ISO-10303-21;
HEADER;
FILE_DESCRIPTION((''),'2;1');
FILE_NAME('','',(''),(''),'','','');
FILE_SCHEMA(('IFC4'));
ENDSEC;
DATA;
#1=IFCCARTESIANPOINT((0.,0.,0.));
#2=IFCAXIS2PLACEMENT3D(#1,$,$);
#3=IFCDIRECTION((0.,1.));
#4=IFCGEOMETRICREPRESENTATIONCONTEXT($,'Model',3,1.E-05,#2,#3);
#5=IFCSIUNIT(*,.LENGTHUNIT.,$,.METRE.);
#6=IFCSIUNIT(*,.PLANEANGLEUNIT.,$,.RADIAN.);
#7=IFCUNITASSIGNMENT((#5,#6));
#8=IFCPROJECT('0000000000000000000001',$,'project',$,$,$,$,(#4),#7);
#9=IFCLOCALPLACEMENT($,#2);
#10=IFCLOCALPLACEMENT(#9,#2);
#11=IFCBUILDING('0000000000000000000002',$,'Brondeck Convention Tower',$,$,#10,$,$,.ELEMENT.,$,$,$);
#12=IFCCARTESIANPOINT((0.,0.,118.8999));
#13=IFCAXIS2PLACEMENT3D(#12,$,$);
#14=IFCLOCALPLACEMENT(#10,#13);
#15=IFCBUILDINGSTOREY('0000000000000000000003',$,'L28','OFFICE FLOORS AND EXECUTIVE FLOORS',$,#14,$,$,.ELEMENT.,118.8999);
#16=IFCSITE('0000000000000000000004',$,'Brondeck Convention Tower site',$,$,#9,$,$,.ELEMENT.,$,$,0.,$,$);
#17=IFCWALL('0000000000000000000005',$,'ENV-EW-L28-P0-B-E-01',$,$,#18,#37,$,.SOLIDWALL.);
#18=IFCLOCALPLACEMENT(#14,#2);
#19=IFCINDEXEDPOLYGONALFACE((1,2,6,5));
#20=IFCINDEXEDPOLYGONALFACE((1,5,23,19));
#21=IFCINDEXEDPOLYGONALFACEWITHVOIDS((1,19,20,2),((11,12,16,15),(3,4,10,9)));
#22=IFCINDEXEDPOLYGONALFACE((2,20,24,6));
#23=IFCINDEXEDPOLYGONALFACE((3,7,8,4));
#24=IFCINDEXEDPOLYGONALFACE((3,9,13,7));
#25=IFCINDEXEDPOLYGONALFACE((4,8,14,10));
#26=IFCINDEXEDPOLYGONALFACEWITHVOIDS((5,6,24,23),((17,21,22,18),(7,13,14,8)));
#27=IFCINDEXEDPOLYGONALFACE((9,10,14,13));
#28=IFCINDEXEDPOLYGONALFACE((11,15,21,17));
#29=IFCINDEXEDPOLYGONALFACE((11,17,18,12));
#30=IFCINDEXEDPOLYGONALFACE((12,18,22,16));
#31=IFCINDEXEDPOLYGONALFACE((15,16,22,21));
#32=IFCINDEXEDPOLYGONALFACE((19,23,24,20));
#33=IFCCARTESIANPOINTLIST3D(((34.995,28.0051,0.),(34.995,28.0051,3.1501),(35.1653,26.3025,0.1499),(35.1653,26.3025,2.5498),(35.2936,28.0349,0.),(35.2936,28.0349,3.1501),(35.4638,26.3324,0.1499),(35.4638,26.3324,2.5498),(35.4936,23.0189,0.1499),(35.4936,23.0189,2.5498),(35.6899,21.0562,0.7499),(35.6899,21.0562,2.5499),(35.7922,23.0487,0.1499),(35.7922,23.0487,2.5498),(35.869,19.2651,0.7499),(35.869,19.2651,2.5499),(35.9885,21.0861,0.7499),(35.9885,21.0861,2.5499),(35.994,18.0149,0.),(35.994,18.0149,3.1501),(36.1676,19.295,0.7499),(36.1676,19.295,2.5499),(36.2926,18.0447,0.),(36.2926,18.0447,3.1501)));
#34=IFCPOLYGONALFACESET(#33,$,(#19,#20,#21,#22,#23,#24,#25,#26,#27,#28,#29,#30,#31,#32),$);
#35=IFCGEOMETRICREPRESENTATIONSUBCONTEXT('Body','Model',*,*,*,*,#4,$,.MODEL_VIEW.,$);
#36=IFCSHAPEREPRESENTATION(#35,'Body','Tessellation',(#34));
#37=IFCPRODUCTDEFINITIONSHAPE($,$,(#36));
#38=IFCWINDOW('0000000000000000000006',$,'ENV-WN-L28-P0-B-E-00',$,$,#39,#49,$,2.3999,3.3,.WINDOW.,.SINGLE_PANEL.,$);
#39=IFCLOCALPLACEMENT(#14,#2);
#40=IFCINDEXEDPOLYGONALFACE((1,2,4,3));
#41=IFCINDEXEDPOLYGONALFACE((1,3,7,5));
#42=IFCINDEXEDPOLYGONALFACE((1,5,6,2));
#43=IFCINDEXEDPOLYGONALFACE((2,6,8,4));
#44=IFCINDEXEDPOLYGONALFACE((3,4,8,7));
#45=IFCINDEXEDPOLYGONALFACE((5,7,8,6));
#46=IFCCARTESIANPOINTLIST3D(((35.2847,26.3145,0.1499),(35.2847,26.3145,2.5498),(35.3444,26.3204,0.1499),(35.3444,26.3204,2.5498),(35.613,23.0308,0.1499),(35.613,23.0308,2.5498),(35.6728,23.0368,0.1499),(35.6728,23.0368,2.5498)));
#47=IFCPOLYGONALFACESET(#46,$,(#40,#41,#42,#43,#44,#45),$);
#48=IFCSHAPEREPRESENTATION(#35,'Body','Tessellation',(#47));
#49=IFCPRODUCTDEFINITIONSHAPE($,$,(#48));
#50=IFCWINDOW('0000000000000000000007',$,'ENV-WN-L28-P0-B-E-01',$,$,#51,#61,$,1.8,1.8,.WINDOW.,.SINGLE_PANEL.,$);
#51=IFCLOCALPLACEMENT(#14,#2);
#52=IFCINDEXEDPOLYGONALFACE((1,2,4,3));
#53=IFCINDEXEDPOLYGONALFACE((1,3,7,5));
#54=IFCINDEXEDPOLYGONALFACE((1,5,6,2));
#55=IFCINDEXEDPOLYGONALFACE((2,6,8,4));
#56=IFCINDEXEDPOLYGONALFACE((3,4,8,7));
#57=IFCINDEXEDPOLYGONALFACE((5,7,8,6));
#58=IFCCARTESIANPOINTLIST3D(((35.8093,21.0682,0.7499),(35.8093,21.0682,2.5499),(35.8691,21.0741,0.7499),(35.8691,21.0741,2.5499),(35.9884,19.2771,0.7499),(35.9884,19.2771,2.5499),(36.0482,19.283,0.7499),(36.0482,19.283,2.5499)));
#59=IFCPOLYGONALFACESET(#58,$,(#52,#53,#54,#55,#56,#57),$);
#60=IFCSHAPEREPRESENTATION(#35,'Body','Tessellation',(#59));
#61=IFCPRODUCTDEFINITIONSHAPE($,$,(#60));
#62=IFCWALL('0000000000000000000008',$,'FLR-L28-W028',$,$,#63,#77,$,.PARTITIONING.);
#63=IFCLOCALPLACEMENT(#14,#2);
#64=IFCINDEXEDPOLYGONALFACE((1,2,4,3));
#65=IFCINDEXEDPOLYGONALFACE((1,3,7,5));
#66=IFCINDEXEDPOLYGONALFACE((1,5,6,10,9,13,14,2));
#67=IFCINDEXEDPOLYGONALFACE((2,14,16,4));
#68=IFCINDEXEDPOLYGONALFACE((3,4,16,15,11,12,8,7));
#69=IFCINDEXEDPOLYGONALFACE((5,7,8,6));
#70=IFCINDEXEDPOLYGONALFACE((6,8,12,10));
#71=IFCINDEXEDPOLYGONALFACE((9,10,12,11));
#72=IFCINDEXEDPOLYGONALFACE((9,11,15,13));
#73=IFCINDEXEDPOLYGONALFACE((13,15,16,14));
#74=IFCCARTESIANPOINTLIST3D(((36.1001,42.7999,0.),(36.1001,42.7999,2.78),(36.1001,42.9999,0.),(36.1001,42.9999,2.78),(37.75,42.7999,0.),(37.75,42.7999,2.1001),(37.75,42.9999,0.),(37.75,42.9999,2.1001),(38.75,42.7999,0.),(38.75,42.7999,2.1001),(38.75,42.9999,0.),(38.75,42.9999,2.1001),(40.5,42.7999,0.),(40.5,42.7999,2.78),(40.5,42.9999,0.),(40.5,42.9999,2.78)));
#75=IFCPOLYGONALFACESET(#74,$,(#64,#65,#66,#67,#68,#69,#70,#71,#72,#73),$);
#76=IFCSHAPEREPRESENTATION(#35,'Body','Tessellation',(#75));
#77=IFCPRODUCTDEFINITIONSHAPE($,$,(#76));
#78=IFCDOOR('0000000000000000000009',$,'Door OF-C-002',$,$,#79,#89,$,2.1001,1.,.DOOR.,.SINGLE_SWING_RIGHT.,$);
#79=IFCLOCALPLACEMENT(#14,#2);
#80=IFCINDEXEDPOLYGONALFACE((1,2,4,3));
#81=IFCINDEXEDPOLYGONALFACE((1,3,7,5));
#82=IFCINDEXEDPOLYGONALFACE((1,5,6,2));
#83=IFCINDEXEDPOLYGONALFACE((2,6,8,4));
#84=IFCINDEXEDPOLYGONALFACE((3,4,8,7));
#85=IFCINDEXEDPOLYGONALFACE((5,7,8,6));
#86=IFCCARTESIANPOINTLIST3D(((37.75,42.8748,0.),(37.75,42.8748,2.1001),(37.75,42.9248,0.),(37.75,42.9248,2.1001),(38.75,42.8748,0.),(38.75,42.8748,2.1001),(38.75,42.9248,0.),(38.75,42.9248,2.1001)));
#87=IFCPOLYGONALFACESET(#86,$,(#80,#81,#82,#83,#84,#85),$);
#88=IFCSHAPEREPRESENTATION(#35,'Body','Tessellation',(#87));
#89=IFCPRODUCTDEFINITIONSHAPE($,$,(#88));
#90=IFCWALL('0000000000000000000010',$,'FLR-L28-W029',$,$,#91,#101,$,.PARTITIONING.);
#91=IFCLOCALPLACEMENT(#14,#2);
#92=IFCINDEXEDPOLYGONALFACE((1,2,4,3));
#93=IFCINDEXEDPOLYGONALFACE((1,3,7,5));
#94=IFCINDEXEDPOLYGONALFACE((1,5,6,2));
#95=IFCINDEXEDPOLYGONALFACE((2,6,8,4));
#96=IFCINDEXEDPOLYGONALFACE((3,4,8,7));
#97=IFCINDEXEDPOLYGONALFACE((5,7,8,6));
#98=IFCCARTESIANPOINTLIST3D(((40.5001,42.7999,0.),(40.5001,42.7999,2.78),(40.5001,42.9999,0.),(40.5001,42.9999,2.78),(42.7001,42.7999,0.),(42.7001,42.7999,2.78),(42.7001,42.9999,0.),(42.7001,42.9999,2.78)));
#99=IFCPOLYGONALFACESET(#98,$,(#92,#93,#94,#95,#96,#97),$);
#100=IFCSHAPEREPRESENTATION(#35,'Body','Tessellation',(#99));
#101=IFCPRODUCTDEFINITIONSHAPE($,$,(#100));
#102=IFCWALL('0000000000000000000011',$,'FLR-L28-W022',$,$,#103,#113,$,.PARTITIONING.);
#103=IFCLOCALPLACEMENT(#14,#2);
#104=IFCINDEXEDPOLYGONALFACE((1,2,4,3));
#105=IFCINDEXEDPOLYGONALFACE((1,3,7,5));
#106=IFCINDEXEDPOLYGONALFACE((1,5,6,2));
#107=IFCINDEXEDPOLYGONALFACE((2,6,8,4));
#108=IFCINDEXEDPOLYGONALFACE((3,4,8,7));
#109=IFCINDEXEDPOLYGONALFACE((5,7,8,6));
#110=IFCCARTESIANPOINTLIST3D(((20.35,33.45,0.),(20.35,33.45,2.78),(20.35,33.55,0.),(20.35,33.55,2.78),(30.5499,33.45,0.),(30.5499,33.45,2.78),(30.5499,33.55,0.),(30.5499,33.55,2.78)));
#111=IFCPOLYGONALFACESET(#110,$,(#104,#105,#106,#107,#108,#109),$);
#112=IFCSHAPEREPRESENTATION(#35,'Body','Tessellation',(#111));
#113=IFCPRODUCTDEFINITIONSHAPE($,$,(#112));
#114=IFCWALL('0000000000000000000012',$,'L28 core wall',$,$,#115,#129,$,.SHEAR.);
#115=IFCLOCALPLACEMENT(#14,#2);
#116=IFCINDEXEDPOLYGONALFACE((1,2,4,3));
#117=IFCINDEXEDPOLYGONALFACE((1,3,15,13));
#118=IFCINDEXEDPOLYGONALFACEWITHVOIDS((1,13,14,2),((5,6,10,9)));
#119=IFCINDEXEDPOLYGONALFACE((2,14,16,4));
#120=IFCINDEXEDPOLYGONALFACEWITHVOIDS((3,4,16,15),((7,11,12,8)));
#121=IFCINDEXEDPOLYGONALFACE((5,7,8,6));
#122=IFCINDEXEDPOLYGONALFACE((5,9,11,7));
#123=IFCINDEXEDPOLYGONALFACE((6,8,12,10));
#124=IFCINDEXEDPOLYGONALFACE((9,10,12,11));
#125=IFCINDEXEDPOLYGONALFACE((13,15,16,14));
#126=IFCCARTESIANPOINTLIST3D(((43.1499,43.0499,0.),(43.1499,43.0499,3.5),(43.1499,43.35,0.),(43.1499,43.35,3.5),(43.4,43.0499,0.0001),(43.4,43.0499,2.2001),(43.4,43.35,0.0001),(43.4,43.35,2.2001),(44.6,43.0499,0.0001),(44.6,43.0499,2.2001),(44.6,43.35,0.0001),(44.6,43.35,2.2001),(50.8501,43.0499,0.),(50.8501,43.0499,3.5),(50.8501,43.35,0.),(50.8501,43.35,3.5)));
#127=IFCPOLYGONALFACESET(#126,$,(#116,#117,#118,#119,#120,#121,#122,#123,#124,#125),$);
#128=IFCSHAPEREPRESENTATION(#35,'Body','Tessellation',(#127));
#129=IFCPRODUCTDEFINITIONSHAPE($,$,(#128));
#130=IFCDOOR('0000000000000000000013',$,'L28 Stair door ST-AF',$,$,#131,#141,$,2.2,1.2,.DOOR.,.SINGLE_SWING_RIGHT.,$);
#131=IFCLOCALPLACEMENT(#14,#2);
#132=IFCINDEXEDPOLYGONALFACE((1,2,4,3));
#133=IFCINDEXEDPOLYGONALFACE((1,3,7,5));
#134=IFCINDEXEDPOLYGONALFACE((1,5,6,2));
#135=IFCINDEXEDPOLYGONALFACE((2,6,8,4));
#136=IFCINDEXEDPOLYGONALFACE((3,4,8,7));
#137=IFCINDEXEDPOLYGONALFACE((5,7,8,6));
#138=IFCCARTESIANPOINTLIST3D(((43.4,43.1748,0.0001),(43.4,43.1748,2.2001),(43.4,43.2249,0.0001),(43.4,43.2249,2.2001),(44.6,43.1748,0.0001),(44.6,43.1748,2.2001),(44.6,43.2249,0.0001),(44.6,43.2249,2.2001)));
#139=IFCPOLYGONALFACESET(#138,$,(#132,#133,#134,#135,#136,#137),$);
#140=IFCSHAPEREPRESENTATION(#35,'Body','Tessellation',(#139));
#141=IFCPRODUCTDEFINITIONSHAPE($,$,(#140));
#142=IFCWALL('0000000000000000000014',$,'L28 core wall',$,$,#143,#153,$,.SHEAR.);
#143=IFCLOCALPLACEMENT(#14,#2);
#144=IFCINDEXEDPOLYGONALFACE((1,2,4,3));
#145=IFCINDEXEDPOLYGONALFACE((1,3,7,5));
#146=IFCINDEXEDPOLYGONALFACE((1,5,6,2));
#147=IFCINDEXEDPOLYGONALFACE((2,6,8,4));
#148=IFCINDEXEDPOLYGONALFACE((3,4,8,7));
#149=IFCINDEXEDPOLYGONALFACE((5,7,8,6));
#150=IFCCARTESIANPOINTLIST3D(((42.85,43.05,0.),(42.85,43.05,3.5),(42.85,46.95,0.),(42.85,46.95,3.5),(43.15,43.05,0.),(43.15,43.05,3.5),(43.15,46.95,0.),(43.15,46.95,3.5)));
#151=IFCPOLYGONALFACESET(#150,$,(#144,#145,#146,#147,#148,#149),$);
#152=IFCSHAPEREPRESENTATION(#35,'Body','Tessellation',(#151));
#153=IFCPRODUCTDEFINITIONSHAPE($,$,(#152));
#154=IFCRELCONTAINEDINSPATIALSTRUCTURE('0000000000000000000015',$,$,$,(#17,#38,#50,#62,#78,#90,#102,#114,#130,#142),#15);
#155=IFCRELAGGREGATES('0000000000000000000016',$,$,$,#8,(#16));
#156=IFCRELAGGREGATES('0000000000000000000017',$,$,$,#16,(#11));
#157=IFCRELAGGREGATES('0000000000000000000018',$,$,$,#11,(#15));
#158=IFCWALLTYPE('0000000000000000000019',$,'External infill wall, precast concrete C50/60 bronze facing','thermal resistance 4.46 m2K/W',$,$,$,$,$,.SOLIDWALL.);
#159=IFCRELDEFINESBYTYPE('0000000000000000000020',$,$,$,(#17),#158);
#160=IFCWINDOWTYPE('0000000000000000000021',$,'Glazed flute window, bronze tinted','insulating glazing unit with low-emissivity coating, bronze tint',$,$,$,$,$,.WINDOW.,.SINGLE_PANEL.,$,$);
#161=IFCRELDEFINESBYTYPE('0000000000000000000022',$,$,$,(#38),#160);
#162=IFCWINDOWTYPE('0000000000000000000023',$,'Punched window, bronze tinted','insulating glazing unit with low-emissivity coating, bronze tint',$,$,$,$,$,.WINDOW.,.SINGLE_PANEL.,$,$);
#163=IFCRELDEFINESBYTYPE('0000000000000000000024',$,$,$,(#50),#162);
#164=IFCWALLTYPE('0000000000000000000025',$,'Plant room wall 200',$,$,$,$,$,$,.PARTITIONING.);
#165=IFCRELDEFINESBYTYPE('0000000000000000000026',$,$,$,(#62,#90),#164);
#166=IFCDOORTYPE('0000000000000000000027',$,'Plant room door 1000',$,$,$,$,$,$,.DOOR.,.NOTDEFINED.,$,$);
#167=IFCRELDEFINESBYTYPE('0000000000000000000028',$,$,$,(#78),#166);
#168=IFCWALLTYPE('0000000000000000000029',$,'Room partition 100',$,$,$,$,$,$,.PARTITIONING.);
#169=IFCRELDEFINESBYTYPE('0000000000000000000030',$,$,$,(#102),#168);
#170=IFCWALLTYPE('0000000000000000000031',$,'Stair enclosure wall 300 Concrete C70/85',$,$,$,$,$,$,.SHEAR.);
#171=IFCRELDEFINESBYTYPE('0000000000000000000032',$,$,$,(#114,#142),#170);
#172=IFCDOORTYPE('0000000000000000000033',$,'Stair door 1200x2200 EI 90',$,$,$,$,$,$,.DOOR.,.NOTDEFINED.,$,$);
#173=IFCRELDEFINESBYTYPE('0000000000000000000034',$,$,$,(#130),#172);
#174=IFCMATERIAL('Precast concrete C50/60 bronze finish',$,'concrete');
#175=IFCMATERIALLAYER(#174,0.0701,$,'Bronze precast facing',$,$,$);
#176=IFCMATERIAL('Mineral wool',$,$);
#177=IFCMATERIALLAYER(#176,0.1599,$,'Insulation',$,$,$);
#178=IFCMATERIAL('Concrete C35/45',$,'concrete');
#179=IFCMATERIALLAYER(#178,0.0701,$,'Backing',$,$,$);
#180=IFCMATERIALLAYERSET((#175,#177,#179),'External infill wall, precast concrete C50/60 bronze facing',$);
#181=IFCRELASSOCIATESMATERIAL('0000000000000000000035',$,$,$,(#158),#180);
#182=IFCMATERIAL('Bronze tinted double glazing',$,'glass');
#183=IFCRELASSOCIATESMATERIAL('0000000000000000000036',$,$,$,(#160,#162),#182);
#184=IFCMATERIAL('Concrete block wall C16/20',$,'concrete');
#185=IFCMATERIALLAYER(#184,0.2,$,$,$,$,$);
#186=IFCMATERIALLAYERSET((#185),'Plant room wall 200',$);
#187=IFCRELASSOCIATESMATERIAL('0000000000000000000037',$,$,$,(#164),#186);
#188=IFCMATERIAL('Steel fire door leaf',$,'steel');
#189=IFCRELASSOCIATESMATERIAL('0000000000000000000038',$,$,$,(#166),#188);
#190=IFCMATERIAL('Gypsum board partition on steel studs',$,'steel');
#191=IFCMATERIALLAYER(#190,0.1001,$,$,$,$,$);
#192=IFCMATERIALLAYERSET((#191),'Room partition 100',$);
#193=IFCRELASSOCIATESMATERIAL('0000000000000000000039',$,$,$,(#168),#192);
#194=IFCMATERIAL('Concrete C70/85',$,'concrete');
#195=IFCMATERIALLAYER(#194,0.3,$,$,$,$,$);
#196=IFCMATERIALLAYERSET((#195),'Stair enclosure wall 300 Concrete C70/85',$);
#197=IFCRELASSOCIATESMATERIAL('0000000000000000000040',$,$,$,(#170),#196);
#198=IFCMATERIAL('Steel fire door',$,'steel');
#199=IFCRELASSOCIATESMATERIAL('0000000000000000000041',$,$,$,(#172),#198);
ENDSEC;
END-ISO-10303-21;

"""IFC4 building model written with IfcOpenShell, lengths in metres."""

from ifc_helpers import new_model, si_unit, direction, frame, frame_2d, origin, place, context, subcontext, project, spatial, rectangle, extrude, material, layer, layer_set, type_object, element, fill, save


model = new_model("IFC4")

# Units and contexts
model_context = context("Model", 3, precision=1e-05, world=origin(), true_north=direction((0.0, 1.0)))
body_context = subcontext(model_context, "Body", "Model", "MODEL_VIEW")
ifc_project = project(units=[si_unit("LENGTHUNIT", "METRE"), si_unit("PLANEANGLEUNIT", "RADIAN")], contexts=[model_context])

# Site, building, storey
site_placement = place(None, origin())
site = spatial("IfcSite", under=ifc_project, at=site_placement, Name="Brondeck Convention Tower site", CompositionType="ELEMENT", RefElevation=0.0)
building_placement = place(site_placement, origin())
building = spatial("IfcBuilding", under=site, at=building_placement, Name="Brondeck Convention Tower", CompositionType="ELEMENT")
storey_placement = place(building_placement, frame((0.0, 0.0, 118.8999)))
storey = spatial("IfcBuildingStorey", under=building, at=storey_placement, Name="L28", Description="OFFICE FLOORS AND EXECUTIVE FLOORS", CompositionType="ELEMENT", Elevation=118.8999)

# Shared definitions
ifc_material_1 = material(Name="Concrete C70/85", Category="concrete")

# Wall, openings, windows
ifc_material_2 = material(Name="Precast concrete C50/60 bronze finish", Category="concrete")
ifc_layer_1 = layer(ifc_material_2, 0.0701, Name="Bronze precast facing")
ifc_material_3 = material(Name="Mineral wool")
ifc_layer_2 = layer(ifc_material_3, 0.1599, Name="Insulation")
ifc_material_4 = material(Name="Concrete C35/45", Category="concrete")
ifc_layer_3 = layer(ifc_material_4, 0.0701, Name="Backing")
ifc_layer_set_1 = layer_set([ifc_layer_1, ifc_layer_2, ifc_layer_3], Name="External infill wall, precast concrete C50/60 bronze facing")
wall_type_1 = type_object("IfcWallType", Name="External infill wall, precast concrete C50/60 bronze facing", Description="thermal resistance 4.46 m2K/W", PredefinedType="SOLIDWALL", material=ifc_layer_set_1)
wall_1_placement = place(storey_placement, frame((35.1443, 28.02, 0.0), z_axis=(0.0, 0.0, 1.0), x_axis=(0.099504, -0.995037, 0.0)))
wall_1 = element("IfcWall", 1, at=wall_1_placement, inside=storey, type_object=wall_type_1, Name="ENV-EW-L28-P0-B-E-01", PredefinedType="SOLIDWALL", context=body_context, shape_type="SweptSolid", body=[
    extrude(rectangle(XDim=10.04, YDim=0.3, at=frame_2d((5.02, 0.0))), origin(), (0.0, 0.0, 1.0), 3.1501),
])
opening_1_placement = place(wall_1_placement, frame((1.7112, 0.0, 0.1499)))
opening_1 = element("IfcOpeningElement", 2, at=opening_1_placement, cuts=wall_1, PredefinedType="OPENING", context=body_context, shape_type="SweptSolid", body=[
    extrude(rectangle(XDim=3.3, YDim=2.3999, at=frame_2d((1.6499, 1.2))), frame((0.0, 0.1599, 0.0), z_axis=(0.0, -1.0, 0.0), x_axis=(1.0, 0.0, 0.0)), (0.0, 0.0, 1.0), 0.3201),
])
opening_2_placement = place(wall_1_placement, frame((6.9836, 0.0, 0.75)))
opening_2 = element("IfcOpeningElement", 3, at=opening_2_placement, cuts=wall_1, PredefinedType="OPENING", context=body_context, shape_type="SweptSolid", body=[
    extrude(rectangle(XDim=1.8, YDim=1.8, at=frame_2d((0.8999, 0.8999))), frame((0.0, 0.1599, 0.0), z_axis=(0.0, -1.0, 0.0), x_axis=(1.0, 0.0, 0.0)), (0.0, 0.0, 1.0), 0.3201),
])
ifc_material_5 = material(Name="Bronze tinted double glazing", Category="glass")
window_type_1 = type_object("IfcWindowType", Name="Glazed flute window, bronze tinted", Description="insulating glazing unit with low-emissivity coating, bronze tint", PartitioningType="SINGLE_PANEL", PredefinedType="WINDOW", material=ifc_material_5)
window_1_placement = place(opening_1_placement, origin())
window_1 = element("IfcWindow", 4, at=window_1_placement, inside=storey, type_object=window_type_1, Name="ENV-WN-L28-P0-B-E-00", OverallHeight=2.3999, OverallWidth=3.3, PartitioningType="SINGLE_PANEL", PredefinedType="WINDOW", context=body_context, shape_type="SweptSolid", body=[
    extrude(rectangle(XDim=3.3, YDim=2.3999, at=frame_2d((1.6499, 1.2))), frame((0.0, 0.03, 0.0), z_axis=(0.0, -1.0, 0.0), x_axis=(1.0, 0.0, 0.0)), (0.0, 0.0, 1.0), 0.0601),
])
fill(opening_1, window_1)
window_type_2 = type_object("IfcWindowType", Name="Punched window, bronze tinted", Description="insulating glazing unit with low-emissivity coating, bronze tint", PartitioningType="SINGLE_PANEL", PredefinedType="WINDOW", material=ifc_material_5)
window_2_placement = place(opening_2_placement, origin())
window_2 = element("IfcWindow", 5, at=window_2_placement, inside=storey, type_object=window_type_2, Name="ENV-WN-L28-P0-B-E-01", OverallHeight=1.8, OverallWidth=1.8, PartitioningType="SINGLE_PANEL", PredefinedType="WINDOW", context=body_context, shape_type="SweptSolid", body=[
    extrude(rectangle(XDim=1.8, YDim=1.8, at=frame_2d((0.8999, 0.8999))), frame((0.0, 0.03, 0.0), z_axis=(0.0, -1.0, 0.0), x_axis=(1.0, 0.0, 0.0)), (0.0, 0.0, 1.0), 0.0601),
])
fill(opening_2, window_2)

# Wall, opening, door
ifc_material_6 = material(Name="Concrete block wall C16/20", Category="concrete")
ifc_layer_4 = layer(ifc_material_6, 0.2)
ifc_layer_set_2 = layer_set([ifc_layer_4], Name="Plant room wall 200")
wall_type_2 = type_object("IfcWallType", Name="Plant room wall 200", PredefinedType="PARTITIONING", material=ifc_layer_set_2)
wall_2_placement = place(storey_placement, frame((36.1001, 42.8999, 0.0), z_axis=(0.0, 0.0, 1.0), x_axis=(1.0, 0.0, 0.0)))
wall_2 = element("IfcWall", 6, at=wall_2_placement, inside=storey, type_object=wall_type_2, Name="FLR-L28-W028", PredefinedType="PARTITIONING", context=body_context, shape_type="SweptSolid", body=[
    extrude(rectangle(XDim=4.3999, YDim=0.2, at=frame_2d((2.2, 0.0))), origin(), (0.0, 0.0, 1.0), 2.78),
])
opening_3_placement = place(wall_2_placement, frame((1.6499, 0.0, 0.0)))
opening_3 = element("IfcOpeningElement", 7, at=opening_3_placement, cuts=wall_2, PredefinedType="OPENING", context=body_context, shape_type="SweptSolid", body=[
    extrude(rectangle(XDim=1.0, YDim=2.1001, at=frame_2d((0.5, 1.05))), frame((0.0, 0.1099, 0.0), z_axis=(0.0, -1.0, 0.0), x_axis=(1.0, 0.0, 0.0)), (0.0, 0.0, 1.0), 0.22),
])
ifc_material_7 = material(Name="Steel fire door leaf", Category="steel")
door_type_1 = type_object("IfcDoorType", Name="Plant room door 1000", OperationType="NOTDEFINED", PredefinedType="DOOR", material=ifc_material_7)
door_1_placement = place(opening_3_placement, origin())
door_1 = element("IfcDoor", 8, at=door_1_placement, inside=storey, type_object=door_type_1, Name="Door OF-C-002", OperationType="SINGLE_SWING_RIGHT", OverallHeight=2.1001, OverallWidth=1.0, PredefinedType="DOOR", context=body_context, shape_type="SweptSolid", body=[
    extrude(rectangle(XDim=1.0, YDim=2.1001, at=frame_2d((0.5, 1.05))), frame((0.0, 0.0249, 0.0), z_axis=(0.0, -1.0, 0.0), x_axis=(1.0, 0.0, 0.0)), (0.0, 0.0, 1.0), 0.05),
])
fill(opening_3, door_1)

# Walls
wall_3_placement = place(storey_placement, frame((40.5, 42.8999, 0.0), z_axis=(0.0, 0.0, 1.0), x_axis=(1.0, 0.0, 0.0)))
element("IfcWall", 9, at=wall_3_placement, inside=storey, type_object=wall_type_2, Name="FLR-L28-W029", PredefinedType="PARTITIONING", context=body_context, shape_type="SweptSolid", body=[
    extrude(rectangle(XDim=2.2, YDim=0.2, at=frame_2d((1.1001, 0.0))), origin(), (0.0, 0.0, 1.0), 2.78),
])
ifc_material_8 = material(Name="Gypsum board partition on steel studs", Category="steel")
ifc_layer_5 = layer(ifc_material_8, 0.1001)
ifc_layer_set_3 = layer_set([ifc_layer_5], Name="Room partition 100")
wall_type_3 = type_object("IfcWallType", Name="Room partition 100", PredefinedType="PARTITIONING", material=ifc_layer_set_3)
wall_4_placement = place(storey_placement, frame((30.55, 33.5, 0.0), z_axis=(0.0, 0.0, 1.0), x_axis=(-1.0, 0.0, 0.0)))
element("IfcWall", 10, at=wall_4_placement, inside=storey, type_object=wall_type_3, Name="FLR-L28-W022", PredefinedType="PARTITIONING", context=body_context, shape_type="SweptSolid", body=[
    extrude(rectangle(XDim=10.2, YDim=0.1001, at=frame_2d((5.1001, 0.0))), origin(), (0.0, 0.0, 1.0), 2.78),
])

# Wall, opening, door
ifc_layer_6 = layer(ifc_material_1, 0.3)
ifc_layer_set_4 = layer_set([ifc_layer_6], Name="Stair enclosure wall 300 Concrete C70/85")
wall_type_4 = type_object("IfcWallType", Name="Stair enclosure wall 300 Concrete C70/85", PredefinedType="SHEAR", material=ifc_layer_set_4)
wall_5_placement = place(storey_placement, frame((43.1499, 43.2, 0.0), z_axis=(0.0, 0.0, 1.0), x_axis=(1.0, 0.0, 0.0)))
wall_5 = element("IfcWall", 11, at=wall_5_placement, inside=storey, type_object=wall_type_4, Name="L28 core wall", PredefinedType="SHEAR", context=body_context, shape_type="SweptSolid", body=[
    extrude(rectangle(XDim=7.7002, YDim=0.3, at=frame_2d((3.8501, 0.0))), origin(), (0.0, 0.0, 1.0), 3.5),
])
opening_4_placement = place(wall_5_placement, frame((0.25, 0.0, 0.0)))
opening_4 = element("IfcOpeningElement", 12, at=opening_4_placement, cuts=wall_5, PredefinedType="OPENING", context=body_context, shape_type="SweptSolid", body=[
    extrude(rectangle(XDim=1.2, YDim=2.2, at=frame_2d((0.6001, 1.1001))), frame((0.0, 0.1599, 0.0), z_axis=(0.0, -1.0, 0.0), x_axis=(1.0, 0.0, 0.0)), (0.0, 0.0, 1.0), 0.3201),
])
ifc_material_9 = material(Name="Steel fire door", Category="steel")
door_type_2 = type_object("IfcDoorType", Name="Stair door 1200x2200 EI 90", OperationType="NOTDEFINED", PredefinedType="DOOR", material=ifc_material_9)
door_2_placement = place(opening_4_placement, origin())
door_2 = element("IfcDoor", 13, at=door_2_placement, inside=storey, type_object=door_type_2, Name="L28 Stair door ST-AF", OperationType="SINGLE_SWING_RIGHT", OverallHeight=2.2, OverallWidth=1.2, PredefinedType="DOOR", context=body_context, shape_type="SweptSolid", body=[
    extrude(rectangle(XDim=1.2, YDim=2.2, at=frame_2d((0.6001, 1.1001))), frame((0.0, 0.0249, 0.0), z_axis=(0.0, -1.0, 0.0), x_axis=(1.0, 0.0, 0.0)), (0.0, 0.0, 1.0), 0.05),
])
fill(opening_4, door_2)

# Wall
wall_6_placement = place(storey_placement, frame((43.0, 43.05, 0.0), z_axis=(0.0, 0.0, 1.0), x_axis=(0.0, 1.0, 0.0)))
element("IfcWall", 14, at=wall_6_placement, inside=storey, type_object=wall_type_4, Name="L28 core wall", PredefinedType="SHEAR", context=body_context, shape_type="SweptSolid", body=[
    extrude(rectangle(XDim=3.8999, YDim=0.3, at=frame_2d((1.95, 0.0))), origin(), (0.0, 0.0, 1.0), 3.5),
])

save(model, "model.ifc")
